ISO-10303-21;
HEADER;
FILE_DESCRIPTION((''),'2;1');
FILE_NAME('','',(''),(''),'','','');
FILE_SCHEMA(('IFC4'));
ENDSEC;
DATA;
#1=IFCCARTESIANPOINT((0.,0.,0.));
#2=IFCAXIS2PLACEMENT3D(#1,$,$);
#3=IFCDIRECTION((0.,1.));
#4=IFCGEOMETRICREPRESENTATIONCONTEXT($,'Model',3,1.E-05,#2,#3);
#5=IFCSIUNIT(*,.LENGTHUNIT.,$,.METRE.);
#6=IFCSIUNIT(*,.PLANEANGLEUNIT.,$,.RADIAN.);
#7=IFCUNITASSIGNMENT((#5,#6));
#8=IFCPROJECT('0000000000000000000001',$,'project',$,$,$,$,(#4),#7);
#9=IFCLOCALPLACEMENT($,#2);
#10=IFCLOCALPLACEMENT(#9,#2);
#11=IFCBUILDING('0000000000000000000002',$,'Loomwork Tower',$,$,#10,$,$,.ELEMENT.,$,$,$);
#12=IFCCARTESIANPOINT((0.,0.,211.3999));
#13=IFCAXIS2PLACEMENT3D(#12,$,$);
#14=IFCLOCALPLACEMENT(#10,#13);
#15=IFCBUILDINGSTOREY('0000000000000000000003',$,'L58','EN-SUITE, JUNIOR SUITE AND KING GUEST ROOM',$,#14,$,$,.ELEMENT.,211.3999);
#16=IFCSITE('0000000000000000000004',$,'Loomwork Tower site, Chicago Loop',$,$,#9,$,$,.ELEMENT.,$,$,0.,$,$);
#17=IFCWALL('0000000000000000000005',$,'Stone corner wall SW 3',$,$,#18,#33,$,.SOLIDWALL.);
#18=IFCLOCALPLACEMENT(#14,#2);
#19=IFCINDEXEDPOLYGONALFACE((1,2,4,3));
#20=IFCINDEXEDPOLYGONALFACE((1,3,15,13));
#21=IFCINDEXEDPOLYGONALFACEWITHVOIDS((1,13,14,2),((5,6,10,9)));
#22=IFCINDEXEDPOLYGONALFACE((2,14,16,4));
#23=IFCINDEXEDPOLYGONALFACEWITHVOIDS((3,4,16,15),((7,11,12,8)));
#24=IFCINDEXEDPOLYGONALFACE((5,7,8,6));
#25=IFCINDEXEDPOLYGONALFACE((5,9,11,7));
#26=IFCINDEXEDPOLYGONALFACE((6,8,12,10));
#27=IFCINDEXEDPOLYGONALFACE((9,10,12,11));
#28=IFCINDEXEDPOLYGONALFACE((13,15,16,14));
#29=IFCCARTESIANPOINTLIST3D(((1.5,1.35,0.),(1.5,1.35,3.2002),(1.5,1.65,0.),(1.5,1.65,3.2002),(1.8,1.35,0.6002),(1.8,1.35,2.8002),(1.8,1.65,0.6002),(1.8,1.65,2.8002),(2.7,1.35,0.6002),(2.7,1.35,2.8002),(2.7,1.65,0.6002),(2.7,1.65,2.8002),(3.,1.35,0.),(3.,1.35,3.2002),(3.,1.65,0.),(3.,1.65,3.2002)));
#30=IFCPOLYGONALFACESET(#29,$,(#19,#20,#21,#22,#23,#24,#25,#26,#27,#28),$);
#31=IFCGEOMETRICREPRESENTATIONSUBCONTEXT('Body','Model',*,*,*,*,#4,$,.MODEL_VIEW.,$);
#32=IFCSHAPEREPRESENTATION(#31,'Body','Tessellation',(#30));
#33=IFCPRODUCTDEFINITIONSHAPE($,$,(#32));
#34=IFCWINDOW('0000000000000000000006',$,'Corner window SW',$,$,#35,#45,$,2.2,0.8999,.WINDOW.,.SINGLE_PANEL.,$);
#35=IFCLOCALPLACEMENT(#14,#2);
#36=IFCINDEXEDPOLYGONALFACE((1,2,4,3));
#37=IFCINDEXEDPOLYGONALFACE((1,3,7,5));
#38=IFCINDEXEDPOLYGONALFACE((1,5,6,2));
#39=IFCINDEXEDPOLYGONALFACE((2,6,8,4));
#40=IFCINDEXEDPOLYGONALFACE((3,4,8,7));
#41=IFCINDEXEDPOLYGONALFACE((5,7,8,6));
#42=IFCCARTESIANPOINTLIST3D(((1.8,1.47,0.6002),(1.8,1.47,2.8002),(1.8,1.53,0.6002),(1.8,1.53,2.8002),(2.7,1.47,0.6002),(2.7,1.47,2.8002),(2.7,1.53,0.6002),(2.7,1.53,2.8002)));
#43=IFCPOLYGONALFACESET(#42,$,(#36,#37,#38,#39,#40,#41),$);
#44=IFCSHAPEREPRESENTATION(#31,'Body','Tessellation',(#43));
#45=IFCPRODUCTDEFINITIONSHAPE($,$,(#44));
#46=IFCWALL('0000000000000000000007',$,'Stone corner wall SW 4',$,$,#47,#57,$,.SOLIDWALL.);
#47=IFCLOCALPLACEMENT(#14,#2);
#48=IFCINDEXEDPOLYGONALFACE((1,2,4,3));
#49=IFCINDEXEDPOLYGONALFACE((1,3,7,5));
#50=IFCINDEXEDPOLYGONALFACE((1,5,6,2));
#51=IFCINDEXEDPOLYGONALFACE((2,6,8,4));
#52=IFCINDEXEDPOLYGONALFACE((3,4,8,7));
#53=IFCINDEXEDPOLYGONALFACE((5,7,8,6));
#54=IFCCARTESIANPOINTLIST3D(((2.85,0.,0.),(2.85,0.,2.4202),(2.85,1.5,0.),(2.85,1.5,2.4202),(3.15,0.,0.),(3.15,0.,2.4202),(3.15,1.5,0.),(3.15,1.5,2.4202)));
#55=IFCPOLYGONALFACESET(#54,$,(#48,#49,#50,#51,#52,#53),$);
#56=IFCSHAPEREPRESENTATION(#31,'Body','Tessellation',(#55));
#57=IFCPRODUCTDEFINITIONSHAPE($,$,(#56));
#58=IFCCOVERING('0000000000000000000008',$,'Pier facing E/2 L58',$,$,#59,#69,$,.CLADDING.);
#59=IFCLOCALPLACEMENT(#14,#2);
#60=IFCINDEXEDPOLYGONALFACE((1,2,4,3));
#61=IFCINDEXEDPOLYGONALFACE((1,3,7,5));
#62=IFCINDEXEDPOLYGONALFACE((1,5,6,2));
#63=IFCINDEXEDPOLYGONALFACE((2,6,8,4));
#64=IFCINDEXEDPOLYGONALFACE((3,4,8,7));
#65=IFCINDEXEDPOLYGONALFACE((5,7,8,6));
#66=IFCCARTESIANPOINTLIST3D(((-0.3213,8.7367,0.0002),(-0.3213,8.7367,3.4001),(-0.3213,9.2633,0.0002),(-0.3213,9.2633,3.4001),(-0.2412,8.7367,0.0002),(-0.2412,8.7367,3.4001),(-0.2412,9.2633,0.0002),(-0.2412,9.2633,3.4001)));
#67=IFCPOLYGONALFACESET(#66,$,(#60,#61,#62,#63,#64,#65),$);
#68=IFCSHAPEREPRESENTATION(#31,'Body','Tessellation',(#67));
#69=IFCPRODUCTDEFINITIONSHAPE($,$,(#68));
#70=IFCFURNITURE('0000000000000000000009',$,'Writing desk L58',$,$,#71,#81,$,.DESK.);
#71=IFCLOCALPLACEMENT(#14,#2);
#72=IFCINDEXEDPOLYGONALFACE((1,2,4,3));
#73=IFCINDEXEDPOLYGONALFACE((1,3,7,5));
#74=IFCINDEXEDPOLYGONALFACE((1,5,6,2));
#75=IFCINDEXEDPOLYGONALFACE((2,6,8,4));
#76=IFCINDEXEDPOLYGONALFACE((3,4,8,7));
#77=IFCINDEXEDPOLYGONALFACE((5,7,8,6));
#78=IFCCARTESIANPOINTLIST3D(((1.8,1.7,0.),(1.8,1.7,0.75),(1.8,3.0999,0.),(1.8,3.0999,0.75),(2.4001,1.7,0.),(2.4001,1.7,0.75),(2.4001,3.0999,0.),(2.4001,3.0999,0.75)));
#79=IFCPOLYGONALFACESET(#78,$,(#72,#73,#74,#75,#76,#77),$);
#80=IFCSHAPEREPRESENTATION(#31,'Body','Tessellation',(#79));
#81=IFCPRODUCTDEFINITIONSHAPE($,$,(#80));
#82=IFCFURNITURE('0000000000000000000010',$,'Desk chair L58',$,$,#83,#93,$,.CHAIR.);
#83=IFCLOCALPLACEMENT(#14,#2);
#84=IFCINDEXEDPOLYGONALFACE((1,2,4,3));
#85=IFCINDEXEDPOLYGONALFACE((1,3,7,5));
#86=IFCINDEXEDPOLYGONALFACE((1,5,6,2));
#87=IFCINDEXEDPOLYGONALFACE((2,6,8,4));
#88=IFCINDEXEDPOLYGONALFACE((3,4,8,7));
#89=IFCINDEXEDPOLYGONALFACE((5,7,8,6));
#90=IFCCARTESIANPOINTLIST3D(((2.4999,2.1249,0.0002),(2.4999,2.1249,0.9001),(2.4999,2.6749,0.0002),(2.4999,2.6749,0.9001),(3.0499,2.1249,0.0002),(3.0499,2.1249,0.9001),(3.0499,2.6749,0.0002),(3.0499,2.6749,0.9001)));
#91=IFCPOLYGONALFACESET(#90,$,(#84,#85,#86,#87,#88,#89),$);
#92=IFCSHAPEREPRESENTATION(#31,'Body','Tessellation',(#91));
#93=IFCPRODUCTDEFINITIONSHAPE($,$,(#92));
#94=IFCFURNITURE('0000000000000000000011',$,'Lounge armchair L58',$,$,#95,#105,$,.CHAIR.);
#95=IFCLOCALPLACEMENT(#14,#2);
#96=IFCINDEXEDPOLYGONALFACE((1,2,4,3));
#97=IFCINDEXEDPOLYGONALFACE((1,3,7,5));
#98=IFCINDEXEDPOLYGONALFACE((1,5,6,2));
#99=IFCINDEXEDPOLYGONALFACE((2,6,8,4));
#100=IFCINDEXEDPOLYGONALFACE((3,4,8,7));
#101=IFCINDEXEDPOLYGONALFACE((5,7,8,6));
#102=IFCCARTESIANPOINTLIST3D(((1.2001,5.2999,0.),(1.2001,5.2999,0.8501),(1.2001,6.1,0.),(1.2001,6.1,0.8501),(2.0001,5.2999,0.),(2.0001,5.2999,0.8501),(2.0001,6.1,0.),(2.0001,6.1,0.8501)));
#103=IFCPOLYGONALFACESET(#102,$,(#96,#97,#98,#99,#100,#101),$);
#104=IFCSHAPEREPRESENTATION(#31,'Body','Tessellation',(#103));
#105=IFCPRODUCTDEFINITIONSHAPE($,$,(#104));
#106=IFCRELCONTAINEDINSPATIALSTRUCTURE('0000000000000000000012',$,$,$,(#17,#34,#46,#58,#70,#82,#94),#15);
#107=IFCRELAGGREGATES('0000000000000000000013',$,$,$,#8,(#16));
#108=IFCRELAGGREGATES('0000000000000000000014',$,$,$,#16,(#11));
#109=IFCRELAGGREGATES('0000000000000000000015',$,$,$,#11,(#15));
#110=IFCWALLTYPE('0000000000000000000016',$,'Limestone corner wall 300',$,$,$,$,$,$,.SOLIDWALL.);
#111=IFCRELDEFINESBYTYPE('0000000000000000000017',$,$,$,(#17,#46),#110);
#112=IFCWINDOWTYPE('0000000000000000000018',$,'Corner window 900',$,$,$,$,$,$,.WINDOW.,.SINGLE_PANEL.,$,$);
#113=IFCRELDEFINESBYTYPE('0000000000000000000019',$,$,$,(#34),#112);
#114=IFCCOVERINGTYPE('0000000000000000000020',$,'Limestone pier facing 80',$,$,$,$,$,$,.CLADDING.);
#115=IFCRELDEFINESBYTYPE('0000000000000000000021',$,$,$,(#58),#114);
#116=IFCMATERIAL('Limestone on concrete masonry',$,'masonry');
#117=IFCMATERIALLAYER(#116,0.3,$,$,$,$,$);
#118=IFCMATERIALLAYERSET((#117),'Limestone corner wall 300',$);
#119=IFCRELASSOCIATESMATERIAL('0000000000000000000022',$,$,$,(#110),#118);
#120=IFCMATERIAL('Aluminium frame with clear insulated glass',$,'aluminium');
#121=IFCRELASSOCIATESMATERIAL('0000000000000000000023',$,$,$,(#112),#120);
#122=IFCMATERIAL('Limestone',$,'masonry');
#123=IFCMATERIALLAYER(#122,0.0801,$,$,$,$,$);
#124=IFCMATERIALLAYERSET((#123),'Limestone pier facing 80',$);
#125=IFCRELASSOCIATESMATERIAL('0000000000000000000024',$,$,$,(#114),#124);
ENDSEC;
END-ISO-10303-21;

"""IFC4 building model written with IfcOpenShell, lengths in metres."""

from ifc_helpers import new_model, si_unit, direction, frame, frame_2d, origin, origin_2d, place, context, subcontext, project, spatial, rectangle, extrude, material, layer, layer_set, type_object, element, fill, save


model = new_model("IFC4")

# Units and contexts
model_context = context("Model", 3, precision=1e-05, world=origin(), true_north=direction((0.0, 1.0)))
body_context = subcontext(model_context, "Body", "Model", "MODEL_VIEW")
ifc_project = project(units=[si_unit("LENGTHUNIT", "METRE"), si_unit("PLANEANGLEUNIT", "RADIAN")], contexts=[model_context])

# Site, building, storey
site_placement = place(None, origin())
site = spatial("IfcSite", under=ifc_project, at=site_placement, Name="Loomwork Tower site, Chicago Loop", CompositionType="ELEMENT", RefElevation=0.0)
building_placement = place(site_placement, origin())
building = spatial("IfcBuilding", under=site, at=building_placement, Name="Loomwork Tower", CompositionType="ELEMENT")
storey_placement = place(building_placement, frame((0.0, 0.0, 211.3999)))
storey = spatial("IfcBuildingStorey", under=building, at=storey_placement, Name="L58", Description="EN-SUITE, JUNIOR SUITE AND KING GUEST ROOM", CompositionType="ELEMENT", Elevation=211.3999)

# Shared definitions
ifc_material_1 = material(Name="Limestone on concrete masonry", Category="masonry")
ifc_layer_1 = layer(ifc_material_1, 0.3)
ifc_layer_set_1 = layer_set([ifc_layer_1], Name="Limestone corner wall 300")
wall_type_1 = type_object("IfcWallType", Name="Limestone corner wall 300", PredefinedType="SOLIDWALL", material=ifc_layer_set_1)

# Wall, opening, window
ifc_material_2 = material(Name="Aluminium frame with clear insulated glass", Category="aluminium")
window_type_1 = type_object("IfcWindowType", Name="Corner window 900", PartitioningType="SINGLE_PANEL", PredefinedType="WINDOW", material=ifc_material_2)
wall_1_placement = place(storey_placement, frame((1.5, 1.5, 0.0), z_axis=(0.0, 0.0, 1.0), x_axis=(1.0, 0.0, 0.0)))
wall_1 = element("IfcWall", 1, at=wall_1_placement, inside=storey, type_object=wall_type_1, Name="Stone corner wall SW 3", PredefinedType="SOLIDWALL", context=body_context, shape_type="SweptSolid", body=[
    extrude(rectangle(XDim=1.5, YDim=0.3, at=frame_2d((0.75, 0.0))), origin(), (0.0, 0.0, 1.0), 3.2002),
])
opening_1_placement = place(wall_1_placement, frame((0.3, 0.0, 0.6001)))
opening_1 = element("IfcOpeningElement", 2, at=opening_1_placement, cuts=wall_1, PredefinedType="OPENING", context=body_context, shape_type="SweptSolid", body=[
    extrude(rectangle(XDim=0.8999, YDim=2.2, at=frame_2d((0.45, 1.1001))), frame((0.0, 0.1599, 0.0), z_axis=(0.0, -1.0, 0.0), x_axis=(1.0, 0.0, 0.0)), (0.0, 0.0, 1.0), 0.3201),
])
window_1_placement = place(opening_1_placement, origin())
window_1 = element("IfcWindow", 3, at=window_1_placement, inside=storey, type_object=window_type_1, Name="Corner window SW", OverallHeight=2.2, OverallWidth=0.8999, PartitioningType="SINGLE_PANEL", PredefinedType="WINDOW", context=body_context, shape_type="SweptSolid", body=[
    extrude(rectangle(XDim=0.8999, YDim=2.2, at=frame_2d((0.45, 1.1001))), frame((0.0, 0.03, 0.0), z_axis=(0.0, -1.0, 0.0), x_axis=(1.0, 0.0, 0.0)), (0.0, 0.0, 1.0), 0.0601),
])
fill(opening_1, window_1)

# Wall
wall_2_placement = place(storey_placement, frame((3.0, 1.5, 0.0), z_axis=(0.0, 0.0, 1.0), x_axis=(0.0, -1.0, 0.0)))
element("IfcWall", 4, at=wall_2_placement, inside=storey, type_object=wall_type_1, Name="Stone corner wall SW 4", PredefinedType="SOLIDWALL", context=body_context, shape_type="SweptSolid", body=[
    extrude(rectangle(XDim=1.5, YDim=0.3, at=frame_2d((0.75, 0.0))), origin(), (0.0, 0.0, 1.0), 2.4202),
])

# Covering
ifc_material_3 = material(Name="Limestone", Category="masonry")
ifc_layer_2 = layer(ifc_material_3, 0.0801)
ifc_layer_set_2 = layer_set([ifc_layer_2], Name="Limestone pier facing 80")
covering_type = type_object("IfcCoveringType", Name="Limestone pier facing 80", PredefinedType="CLADDING", material=ifc_layer_set_2)
covering_placement = place(storey_placement, frame((-0.2812, 9.0, 0.0002), z_axis=(0.0, 0.0, 1.0), x_axis=(1.0, 0.0, 0.0)))
element("IfcCovering", 5, at=covering_placement, inside=storey, type_object=covering_type, Name="Pier facing E/2 L58", PredefinedType="CLADDING", context=body_context, shape_type="SweptSolid", body=[
    extrude(rectangle(XDim=0.0801, YDim=0.5266, at=origin_2d()), origin(), (0.0, 0.0, 1.0), 3.3999),
])

# Furniture
furniture_1_placement = place(storey_placement, frame((2.1001, 2.3999, 0.0), z_axis=(0.0, 0.0, 1.0), x_axis=(1.0, 0.0, 0.0)))
element("IfcFurniture", 6, at=furniture_1_placement, inside=storey, Name="Writing desk L58", PredefinedType="DESK", context=body_context, shape_type="SweptSolid", body=[
    extrude(rectangle(XDim=0.6001, YDim=1.3999, at=origin_2d()), origin(), (0.0, 0.0, 1.0), 0.75),
])
furniture_2_placement = place(storey_placement, frame((2.7749, 2.3999, 0.0002), z_axis=(0.0, 0.0, 1.0), x_axis=(1.0, 0.0, 0.0)))
element("IfcFurniture", 7, at=furniture_2_placement, inside=storey, Name="Desk chair L58", PredefinedType="CHAIR", context=body_context, shape_type="SweptSolid", body=[
    extrude(rectangle(XDim=0.55, YDim=0.55, at=origin_2d()), origin(), (0.0, 0.0, 1.0), 0.8999),
])
furniture_3_placement = place(storey_placement, frame((1.6001, 5.7, 0.0), z_axis=(0.0, 0.0, 1.0), x_axis=(1.0, 0.0, 0.0)))
element("IfcFurniture", 8, at=furniture_3_placement, inside=storey, Name="Lounge armchair L58", PredefinedType="CHAIR", context=body_context, shape_type="SweptSolid", body=[
    extrude(rectangle(XDim=0.8, YDim=0.8, at=origin_2d()), origin(), (0.0, 0.0, 1.0), 0.8501),
])

save(model, "model.ifc")
